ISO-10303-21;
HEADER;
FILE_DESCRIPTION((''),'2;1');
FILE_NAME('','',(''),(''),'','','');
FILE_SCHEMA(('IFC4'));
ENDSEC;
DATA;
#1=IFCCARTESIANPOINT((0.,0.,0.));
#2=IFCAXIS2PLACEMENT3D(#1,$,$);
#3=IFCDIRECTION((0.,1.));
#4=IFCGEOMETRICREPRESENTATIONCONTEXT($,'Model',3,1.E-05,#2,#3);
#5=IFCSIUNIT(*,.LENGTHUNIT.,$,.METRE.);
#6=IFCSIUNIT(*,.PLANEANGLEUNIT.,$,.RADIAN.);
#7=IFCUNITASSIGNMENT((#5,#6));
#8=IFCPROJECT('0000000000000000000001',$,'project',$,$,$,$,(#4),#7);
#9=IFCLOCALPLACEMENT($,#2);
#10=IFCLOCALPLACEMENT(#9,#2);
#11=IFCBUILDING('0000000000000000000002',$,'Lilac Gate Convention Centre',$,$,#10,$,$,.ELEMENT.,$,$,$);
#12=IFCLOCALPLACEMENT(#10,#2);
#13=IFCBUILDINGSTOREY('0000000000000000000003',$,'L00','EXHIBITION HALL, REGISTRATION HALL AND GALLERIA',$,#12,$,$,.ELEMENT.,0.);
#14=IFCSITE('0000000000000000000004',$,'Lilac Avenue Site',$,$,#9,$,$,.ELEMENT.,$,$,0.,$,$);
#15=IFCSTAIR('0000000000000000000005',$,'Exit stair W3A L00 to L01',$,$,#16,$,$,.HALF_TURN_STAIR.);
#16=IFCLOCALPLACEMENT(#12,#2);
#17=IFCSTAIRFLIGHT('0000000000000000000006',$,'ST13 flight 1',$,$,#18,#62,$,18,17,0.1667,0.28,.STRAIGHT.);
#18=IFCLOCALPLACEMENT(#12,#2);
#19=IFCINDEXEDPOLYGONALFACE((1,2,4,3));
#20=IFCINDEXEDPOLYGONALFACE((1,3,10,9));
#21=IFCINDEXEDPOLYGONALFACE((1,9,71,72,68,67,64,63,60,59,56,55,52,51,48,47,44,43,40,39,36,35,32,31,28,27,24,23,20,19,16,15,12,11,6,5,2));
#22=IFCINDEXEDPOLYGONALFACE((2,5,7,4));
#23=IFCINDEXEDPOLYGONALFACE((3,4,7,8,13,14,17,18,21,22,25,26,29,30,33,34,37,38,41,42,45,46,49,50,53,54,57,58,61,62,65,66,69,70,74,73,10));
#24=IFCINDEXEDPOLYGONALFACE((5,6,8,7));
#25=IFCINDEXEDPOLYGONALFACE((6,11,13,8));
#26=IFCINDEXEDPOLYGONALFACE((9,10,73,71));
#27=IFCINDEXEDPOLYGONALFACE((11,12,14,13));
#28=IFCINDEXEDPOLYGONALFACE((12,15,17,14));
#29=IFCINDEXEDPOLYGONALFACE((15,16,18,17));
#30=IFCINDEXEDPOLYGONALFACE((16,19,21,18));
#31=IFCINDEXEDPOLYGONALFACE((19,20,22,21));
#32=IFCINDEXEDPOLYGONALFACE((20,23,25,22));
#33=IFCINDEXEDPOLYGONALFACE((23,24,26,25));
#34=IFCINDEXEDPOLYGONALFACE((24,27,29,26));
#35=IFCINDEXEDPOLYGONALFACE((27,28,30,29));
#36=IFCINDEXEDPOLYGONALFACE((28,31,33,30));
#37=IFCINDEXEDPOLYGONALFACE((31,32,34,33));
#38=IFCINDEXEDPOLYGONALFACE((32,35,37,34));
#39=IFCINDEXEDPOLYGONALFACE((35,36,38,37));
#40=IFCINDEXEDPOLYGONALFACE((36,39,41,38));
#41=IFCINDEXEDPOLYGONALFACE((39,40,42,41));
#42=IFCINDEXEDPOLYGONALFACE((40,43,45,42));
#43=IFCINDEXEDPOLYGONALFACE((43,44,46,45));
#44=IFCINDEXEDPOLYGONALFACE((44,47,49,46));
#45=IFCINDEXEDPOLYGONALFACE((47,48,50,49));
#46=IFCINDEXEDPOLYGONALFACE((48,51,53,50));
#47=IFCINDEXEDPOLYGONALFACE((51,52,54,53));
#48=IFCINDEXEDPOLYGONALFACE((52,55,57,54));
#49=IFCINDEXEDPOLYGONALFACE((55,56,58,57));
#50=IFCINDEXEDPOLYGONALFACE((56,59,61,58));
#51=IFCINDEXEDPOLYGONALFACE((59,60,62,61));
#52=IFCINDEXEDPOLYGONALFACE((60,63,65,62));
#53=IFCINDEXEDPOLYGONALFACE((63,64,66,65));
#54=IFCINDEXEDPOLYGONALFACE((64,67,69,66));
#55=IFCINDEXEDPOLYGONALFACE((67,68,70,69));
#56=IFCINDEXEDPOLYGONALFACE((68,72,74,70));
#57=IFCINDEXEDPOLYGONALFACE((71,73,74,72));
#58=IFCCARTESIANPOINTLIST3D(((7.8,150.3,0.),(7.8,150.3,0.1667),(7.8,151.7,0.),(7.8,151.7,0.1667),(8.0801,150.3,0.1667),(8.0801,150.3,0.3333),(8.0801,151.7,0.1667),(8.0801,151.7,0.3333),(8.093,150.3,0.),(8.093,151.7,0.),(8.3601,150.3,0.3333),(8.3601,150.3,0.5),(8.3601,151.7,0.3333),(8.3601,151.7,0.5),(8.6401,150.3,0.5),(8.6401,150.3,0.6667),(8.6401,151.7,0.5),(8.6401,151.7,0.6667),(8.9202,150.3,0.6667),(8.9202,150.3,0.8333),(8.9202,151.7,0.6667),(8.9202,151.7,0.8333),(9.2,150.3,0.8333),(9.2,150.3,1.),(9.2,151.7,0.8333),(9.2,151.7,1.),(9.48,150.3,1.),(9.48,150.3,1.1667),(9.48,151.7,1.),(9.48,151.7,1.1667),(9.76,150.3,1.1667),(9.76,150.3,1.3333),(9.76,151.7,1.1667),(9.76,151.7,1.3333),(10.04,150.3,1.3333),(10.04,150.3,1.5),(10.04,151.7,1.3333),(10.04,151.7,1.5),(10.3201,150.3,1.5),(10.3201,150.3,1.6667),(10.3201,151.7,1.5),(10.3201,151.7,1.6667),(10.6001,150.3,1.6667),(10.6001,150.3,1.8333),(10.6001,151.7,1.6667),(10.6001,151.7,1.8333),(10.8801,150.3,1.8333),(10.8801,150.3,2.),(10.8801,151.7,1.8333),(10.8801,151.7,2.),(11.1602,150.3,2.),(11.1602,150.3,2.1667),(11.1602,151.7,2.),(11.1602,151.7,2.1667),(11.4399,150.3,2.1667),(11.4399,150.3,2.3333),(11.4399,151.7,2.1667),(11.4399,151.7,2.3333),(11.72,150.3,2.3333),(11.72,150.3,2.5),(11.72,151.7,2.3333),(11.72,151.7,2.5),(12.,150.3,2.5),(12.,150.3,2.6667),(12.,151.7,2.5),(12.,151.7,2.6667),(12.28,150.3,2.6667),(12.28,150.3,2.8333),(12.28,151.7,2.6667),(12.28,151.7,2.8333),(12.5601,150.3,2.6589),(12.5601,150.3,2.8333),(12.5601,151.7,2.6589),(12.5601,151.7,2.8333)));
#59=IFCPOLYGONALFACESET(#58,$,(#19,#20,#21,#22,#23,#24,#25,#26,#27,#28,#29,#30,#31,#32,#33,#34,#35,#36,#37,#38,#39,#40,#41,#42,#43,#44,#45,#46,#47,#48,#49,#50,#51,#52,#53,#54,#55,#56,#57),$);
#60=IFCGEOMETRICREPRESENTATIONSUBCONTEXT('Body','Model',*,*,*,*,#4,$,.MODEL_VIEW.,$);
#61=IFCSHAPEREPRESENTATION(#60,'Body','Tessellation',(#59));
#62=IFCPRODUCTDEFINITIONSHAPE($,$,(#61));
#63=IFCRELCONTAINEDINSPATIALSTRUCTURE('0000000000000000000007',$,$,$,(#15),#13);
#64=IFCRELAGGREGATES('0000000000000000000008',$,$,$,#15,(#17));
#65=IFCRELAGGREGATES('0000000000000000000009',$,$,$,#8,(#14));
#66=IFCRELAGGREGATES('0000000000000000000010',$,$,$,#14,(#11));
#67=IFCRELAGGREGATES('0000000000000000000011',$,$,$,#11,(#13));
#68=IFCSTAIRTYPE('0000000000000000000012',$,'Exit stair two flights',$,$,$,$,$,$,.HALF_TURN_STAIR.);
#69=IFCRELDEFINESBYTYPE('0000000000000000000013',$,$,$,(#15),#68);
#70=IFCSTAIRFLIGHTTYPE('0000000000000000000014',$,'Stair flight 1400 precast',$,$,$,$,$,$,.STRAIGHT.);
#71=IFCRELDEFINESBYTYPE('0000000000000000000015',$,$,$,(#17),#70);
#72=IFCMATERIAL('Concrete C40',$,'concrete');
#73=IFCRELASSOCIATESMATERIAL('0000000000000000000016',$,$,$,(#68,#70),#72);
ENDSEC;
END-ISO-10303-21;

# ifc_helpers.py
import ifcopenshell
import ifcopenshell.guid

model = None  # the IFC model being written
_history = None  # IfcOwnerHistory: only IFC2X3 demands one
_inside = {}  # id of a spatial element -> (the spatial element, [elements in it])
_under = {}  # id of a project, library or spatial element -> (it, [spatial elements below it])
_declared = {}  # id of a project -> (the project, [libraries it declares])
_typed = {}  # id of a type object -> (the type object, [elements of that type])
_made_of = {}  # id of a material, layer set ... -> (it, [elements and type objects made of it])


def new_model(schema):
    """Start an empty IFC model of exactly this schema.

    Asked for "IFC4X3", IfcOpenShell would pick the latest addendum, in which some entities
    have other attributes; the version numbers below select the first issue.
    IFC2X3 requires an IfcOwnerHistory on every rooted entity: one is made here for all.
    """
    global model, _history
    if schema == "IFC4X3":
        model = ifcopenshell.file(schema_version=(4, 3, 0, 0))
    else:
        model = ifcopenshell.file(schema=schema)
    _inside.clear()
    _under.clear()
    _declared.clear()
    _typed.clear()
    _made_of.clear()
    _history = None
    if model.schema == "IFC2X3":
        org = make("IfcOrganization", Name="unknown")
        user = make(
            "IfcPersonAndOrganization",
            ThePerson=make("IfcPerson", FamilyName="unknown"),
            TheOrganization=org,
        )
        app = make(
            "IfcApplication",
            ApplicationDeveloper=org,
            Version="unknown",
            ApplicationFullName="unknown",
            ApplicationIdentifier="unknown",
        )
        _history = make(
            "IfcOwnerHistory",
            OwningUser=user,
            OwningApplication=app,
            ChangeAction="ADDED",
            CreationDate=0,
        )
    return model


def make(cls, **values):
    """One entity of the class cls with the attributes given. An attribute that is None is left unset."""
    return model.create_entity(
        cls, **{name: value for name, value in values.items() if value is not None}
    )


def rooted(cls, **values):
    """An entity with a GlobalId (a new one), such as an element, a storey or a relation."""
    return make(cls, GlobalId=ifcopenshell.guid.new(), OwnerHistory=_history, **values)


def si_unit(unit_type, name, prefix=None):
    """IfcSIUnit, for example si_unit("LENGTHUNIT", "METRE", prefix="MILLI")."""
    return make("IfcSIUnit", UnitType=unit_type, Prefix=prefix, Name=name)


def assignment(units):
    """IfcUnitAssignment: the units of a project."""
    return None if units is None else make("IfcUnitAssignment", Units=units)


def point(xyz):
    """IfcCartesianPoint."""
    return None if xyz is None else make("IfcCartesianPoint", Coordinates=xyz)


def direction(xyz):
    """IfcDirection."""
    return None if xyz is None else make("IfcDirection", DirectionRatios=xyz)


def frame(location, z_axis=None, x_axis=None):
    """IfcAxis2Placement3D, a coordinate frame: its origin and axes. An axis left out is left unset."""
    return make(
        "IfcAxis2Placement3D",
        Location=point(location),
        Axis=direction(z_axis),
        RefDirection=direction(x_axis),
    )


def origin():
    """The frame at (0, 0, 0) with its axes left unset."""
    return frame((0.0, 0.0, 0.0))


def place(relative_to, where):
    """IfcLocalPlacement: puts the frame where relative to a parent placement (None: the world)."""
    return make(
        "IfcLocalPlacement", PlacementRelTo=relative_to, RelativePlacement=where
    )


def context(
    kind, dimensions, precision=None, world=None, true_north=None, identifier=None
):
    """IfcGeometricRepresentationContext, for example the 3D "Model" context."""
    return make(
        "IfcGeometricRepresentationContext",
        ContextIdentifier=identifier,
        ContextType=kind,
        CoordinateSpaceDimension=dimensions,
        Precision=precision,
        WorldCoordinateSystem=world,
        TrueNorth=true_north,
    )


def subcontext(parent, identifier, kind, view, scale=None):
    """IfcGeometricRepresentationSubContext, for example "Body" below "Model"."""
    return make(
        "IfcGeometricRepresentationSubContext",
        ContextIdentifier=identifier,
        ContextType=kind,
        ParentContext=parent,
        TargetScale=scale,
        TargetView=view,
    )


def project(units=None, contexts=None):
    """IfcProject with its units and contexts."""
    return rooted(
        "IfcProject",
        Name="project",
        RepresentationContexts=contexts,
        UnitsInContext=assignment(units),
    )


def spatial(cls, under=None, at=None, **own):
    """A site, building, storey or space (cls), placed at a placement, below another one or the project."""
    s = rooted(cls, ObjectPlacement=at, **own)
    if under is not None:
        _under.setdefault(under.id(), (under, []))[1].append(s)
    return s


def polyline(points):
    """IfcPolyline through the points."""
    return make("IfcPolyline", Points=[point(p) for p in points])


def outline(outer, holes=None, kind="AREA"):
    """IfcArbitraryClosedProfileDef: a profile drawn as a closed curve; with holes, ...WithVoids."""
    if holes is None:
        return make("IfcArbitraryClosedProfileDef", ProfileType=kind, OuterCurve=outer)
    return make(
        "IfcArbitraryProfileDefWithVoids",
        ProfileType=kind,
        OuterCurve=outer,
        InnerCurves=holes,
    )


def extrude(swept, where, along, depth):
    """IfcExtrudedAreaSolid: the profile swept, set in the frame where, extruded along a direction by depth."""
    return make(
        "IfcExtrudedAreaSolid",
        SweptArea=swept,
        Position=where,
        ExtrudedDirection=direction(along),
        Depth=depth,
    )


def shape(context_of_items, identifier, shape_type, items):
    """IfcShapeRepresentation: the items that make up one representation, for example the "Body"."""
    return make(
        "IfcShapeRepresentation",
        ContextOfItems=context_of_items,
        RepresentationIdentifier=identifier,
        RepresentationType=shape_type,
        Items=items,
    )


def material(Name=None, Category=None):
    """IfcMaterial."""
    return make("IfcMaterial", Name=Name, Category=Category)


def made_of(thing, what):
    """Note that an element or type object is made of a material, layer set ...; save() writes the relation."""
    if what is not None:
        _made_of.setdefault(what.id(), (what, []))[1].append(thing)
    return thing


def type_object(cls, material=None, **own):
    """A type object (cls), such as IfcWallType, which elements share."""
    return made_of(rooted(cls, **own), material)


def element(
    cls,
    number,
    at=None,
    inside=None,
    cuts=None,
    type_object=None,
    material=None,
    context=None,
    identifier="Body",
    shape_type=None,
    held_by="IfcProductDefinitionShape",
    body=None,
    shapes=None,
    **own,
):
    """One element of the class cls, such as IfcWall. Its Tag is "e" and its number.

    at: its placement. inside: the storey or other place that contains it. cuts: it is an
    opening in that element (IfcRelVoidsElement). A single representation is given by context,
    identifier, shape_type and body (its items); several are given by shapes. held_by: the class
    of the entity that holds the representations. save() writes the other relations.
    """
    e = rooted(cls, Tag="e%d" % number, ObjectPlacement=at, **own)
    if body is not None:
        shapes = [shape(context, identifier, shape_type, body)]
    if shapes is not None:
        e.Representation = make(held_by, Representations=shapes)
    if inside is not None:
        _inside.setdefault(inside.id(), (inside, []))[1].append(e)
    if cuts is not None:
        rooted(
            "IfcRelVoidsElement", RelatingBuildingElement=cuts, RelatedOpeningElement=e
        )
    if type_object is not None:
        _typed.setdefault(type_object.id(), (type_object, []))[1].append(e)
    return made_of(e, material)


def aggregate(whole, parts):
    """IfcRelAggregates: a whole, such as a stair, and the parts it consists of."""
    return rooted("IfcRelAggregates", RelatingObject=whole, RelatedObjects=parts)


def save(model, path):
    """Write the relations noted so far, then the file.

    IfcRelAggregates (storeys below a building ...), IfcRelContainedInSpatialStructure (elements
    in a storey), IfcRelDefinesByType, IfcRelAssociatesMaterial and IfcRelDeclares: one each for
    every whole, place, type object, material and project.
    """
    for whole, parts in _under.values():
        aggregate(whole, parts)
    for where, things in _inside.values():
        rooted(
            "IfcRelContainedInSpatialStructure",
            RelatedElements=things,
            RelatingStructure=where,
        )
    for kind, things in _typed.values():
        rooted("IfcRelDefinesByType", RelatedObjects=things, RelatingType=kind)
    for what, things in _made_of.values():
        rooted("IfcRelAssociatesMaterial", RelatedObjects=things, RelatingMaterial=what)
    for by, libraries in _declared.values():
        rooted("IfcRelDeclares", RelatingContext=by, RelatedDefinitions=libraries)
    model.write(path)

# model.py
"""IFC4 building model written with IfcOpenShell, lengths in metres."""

from ifc_helpers import new_model, si_unit, direction, frame, origin, place, context, subcontext, project, spatial, polyline, outline, extrude, material, type_object, element, aggregate, save


model = new_model("IFC4")

# Units and contexts
model_context = context("Model", 3, precision=1e-05, world=origin(), true_north=direction((0.0, 1.0)))
body_context = subcontext(model_context, "Body", "Model", "MODEL_VIEW")
ifc_project = project(units=[si_unit("LENGTHUNIT", "METRE"), si_unit("PLANEANGLEUNIT", "RADIAN")], contexts=[model_context])

# Site, building, storey
site_placement = place(None, origin())
site = spatial("IfcSite", under=ifc_project, at=site_placement, Name="Lilac Avenue Site", CompositionType="ELEMENT", RefElevation=0.0)
building_placement = place(site_placement, origin())
building = spatial("IfcBuilding", under=site, at=building_placement, Name="Lilac Gate Convention Centre", CompositionType="ELEMENT")
storey_placement = place(building_placement, origin())
storey = spatial("IfcBuildingStorey", under=building, at=storey_placement, Name="L00", Description="EXHIBITION HALL, REGISTRATION HALL AND GALLERIA", CompositionType="ELEMENT", Elevation=0.0)

# Shared definitions
ifc_material_1 = material(Name="Concrete C40", Category="concrete")

# Stair, stair flight
stair_type = type_object("IfcStairType", Name="Exit stair two flights", PredefinedType="HALF_TURN_STAIR", material=ifc_material_1)
stair_placement = place(storey_placement, origin())
stair = element("IfcStair", 1, at=stair_placement, inside=storey, type_object=stair_type, Name="Exit stair W3A L00 to L01", PredefinedType="HALF_TURN_STAIR")
stair_flight_type = type_object("IfcStairFlightType", Name="Stair flight 1400 precast", PredefinedType="STRAIGHT", material=ifc_material_1)
stair_flight_placement = place(storey_placement, frame((7.8, 151.0, 0.0), z_axis=(0.0, 0.0, 1.0), x_axis=(1.0, 0.0, 0.0)))
stair_flight = element("IfcStairFlight", 2, at=stair_flight_placement, type_object=stair_flight_type, Name="ST13 flight 1", NumberOfRisers=18, NumberOfTreads=17, PredefinedType="STRAIGHT", RiserHeight=0.1667, TreadLength=0.28, context=body_context, shape_type="SweptSolid", body=[
    extrude(outline(polyline([(0.0, 0.0), (0.0, 0.1667), (0.28, 0.1667), (0.28, 0.3333), (0.5601, 0.3333), (0.5601, 0.5), (0.8401, 0.5), (0.8401, 0.6667), (1.1201, 0.6667), (1.1201, 0.8333), (1.3999, 0.8333), (1.3999, 1.0), (1.6799, 1.0), (1.6799, 1.1667), (1.96, 1.1667), (1.96, 1.3333), (2.24, 1.3333), (2.24, 1.5), (2.52, 1.5), (2.52, 1.6667), (2.8, 1.6667), (2.8, 1.8333), (3.0801, 1.8333), (3.0801, 2.0), (3.3601, 2.0), (3.3601, 2.1667), (3.6399, 2.1667), (3.6399, 2.3333), (3.9199, 2.3333), (3.9199, 2.5), (4.2, 2.5), (4.2, 2.6667), (4.48, 2.6667), (4.48, 2.8333), (4.76, 2.8333), (4.76, 3.0), (4.76, 2.6589), (0.293, 0.0), (0.0, 0.0)])), frame((0.0, 0.7, 0.0), z_axis=(0.0, -1.0, 0.0), x_axis=(1.0, 0.0, 0.0)), (0.0, 0.0, 1.0), 1.3999),
])
aggregate(stair, [stair_flight])

save(model, "model.ifc")
